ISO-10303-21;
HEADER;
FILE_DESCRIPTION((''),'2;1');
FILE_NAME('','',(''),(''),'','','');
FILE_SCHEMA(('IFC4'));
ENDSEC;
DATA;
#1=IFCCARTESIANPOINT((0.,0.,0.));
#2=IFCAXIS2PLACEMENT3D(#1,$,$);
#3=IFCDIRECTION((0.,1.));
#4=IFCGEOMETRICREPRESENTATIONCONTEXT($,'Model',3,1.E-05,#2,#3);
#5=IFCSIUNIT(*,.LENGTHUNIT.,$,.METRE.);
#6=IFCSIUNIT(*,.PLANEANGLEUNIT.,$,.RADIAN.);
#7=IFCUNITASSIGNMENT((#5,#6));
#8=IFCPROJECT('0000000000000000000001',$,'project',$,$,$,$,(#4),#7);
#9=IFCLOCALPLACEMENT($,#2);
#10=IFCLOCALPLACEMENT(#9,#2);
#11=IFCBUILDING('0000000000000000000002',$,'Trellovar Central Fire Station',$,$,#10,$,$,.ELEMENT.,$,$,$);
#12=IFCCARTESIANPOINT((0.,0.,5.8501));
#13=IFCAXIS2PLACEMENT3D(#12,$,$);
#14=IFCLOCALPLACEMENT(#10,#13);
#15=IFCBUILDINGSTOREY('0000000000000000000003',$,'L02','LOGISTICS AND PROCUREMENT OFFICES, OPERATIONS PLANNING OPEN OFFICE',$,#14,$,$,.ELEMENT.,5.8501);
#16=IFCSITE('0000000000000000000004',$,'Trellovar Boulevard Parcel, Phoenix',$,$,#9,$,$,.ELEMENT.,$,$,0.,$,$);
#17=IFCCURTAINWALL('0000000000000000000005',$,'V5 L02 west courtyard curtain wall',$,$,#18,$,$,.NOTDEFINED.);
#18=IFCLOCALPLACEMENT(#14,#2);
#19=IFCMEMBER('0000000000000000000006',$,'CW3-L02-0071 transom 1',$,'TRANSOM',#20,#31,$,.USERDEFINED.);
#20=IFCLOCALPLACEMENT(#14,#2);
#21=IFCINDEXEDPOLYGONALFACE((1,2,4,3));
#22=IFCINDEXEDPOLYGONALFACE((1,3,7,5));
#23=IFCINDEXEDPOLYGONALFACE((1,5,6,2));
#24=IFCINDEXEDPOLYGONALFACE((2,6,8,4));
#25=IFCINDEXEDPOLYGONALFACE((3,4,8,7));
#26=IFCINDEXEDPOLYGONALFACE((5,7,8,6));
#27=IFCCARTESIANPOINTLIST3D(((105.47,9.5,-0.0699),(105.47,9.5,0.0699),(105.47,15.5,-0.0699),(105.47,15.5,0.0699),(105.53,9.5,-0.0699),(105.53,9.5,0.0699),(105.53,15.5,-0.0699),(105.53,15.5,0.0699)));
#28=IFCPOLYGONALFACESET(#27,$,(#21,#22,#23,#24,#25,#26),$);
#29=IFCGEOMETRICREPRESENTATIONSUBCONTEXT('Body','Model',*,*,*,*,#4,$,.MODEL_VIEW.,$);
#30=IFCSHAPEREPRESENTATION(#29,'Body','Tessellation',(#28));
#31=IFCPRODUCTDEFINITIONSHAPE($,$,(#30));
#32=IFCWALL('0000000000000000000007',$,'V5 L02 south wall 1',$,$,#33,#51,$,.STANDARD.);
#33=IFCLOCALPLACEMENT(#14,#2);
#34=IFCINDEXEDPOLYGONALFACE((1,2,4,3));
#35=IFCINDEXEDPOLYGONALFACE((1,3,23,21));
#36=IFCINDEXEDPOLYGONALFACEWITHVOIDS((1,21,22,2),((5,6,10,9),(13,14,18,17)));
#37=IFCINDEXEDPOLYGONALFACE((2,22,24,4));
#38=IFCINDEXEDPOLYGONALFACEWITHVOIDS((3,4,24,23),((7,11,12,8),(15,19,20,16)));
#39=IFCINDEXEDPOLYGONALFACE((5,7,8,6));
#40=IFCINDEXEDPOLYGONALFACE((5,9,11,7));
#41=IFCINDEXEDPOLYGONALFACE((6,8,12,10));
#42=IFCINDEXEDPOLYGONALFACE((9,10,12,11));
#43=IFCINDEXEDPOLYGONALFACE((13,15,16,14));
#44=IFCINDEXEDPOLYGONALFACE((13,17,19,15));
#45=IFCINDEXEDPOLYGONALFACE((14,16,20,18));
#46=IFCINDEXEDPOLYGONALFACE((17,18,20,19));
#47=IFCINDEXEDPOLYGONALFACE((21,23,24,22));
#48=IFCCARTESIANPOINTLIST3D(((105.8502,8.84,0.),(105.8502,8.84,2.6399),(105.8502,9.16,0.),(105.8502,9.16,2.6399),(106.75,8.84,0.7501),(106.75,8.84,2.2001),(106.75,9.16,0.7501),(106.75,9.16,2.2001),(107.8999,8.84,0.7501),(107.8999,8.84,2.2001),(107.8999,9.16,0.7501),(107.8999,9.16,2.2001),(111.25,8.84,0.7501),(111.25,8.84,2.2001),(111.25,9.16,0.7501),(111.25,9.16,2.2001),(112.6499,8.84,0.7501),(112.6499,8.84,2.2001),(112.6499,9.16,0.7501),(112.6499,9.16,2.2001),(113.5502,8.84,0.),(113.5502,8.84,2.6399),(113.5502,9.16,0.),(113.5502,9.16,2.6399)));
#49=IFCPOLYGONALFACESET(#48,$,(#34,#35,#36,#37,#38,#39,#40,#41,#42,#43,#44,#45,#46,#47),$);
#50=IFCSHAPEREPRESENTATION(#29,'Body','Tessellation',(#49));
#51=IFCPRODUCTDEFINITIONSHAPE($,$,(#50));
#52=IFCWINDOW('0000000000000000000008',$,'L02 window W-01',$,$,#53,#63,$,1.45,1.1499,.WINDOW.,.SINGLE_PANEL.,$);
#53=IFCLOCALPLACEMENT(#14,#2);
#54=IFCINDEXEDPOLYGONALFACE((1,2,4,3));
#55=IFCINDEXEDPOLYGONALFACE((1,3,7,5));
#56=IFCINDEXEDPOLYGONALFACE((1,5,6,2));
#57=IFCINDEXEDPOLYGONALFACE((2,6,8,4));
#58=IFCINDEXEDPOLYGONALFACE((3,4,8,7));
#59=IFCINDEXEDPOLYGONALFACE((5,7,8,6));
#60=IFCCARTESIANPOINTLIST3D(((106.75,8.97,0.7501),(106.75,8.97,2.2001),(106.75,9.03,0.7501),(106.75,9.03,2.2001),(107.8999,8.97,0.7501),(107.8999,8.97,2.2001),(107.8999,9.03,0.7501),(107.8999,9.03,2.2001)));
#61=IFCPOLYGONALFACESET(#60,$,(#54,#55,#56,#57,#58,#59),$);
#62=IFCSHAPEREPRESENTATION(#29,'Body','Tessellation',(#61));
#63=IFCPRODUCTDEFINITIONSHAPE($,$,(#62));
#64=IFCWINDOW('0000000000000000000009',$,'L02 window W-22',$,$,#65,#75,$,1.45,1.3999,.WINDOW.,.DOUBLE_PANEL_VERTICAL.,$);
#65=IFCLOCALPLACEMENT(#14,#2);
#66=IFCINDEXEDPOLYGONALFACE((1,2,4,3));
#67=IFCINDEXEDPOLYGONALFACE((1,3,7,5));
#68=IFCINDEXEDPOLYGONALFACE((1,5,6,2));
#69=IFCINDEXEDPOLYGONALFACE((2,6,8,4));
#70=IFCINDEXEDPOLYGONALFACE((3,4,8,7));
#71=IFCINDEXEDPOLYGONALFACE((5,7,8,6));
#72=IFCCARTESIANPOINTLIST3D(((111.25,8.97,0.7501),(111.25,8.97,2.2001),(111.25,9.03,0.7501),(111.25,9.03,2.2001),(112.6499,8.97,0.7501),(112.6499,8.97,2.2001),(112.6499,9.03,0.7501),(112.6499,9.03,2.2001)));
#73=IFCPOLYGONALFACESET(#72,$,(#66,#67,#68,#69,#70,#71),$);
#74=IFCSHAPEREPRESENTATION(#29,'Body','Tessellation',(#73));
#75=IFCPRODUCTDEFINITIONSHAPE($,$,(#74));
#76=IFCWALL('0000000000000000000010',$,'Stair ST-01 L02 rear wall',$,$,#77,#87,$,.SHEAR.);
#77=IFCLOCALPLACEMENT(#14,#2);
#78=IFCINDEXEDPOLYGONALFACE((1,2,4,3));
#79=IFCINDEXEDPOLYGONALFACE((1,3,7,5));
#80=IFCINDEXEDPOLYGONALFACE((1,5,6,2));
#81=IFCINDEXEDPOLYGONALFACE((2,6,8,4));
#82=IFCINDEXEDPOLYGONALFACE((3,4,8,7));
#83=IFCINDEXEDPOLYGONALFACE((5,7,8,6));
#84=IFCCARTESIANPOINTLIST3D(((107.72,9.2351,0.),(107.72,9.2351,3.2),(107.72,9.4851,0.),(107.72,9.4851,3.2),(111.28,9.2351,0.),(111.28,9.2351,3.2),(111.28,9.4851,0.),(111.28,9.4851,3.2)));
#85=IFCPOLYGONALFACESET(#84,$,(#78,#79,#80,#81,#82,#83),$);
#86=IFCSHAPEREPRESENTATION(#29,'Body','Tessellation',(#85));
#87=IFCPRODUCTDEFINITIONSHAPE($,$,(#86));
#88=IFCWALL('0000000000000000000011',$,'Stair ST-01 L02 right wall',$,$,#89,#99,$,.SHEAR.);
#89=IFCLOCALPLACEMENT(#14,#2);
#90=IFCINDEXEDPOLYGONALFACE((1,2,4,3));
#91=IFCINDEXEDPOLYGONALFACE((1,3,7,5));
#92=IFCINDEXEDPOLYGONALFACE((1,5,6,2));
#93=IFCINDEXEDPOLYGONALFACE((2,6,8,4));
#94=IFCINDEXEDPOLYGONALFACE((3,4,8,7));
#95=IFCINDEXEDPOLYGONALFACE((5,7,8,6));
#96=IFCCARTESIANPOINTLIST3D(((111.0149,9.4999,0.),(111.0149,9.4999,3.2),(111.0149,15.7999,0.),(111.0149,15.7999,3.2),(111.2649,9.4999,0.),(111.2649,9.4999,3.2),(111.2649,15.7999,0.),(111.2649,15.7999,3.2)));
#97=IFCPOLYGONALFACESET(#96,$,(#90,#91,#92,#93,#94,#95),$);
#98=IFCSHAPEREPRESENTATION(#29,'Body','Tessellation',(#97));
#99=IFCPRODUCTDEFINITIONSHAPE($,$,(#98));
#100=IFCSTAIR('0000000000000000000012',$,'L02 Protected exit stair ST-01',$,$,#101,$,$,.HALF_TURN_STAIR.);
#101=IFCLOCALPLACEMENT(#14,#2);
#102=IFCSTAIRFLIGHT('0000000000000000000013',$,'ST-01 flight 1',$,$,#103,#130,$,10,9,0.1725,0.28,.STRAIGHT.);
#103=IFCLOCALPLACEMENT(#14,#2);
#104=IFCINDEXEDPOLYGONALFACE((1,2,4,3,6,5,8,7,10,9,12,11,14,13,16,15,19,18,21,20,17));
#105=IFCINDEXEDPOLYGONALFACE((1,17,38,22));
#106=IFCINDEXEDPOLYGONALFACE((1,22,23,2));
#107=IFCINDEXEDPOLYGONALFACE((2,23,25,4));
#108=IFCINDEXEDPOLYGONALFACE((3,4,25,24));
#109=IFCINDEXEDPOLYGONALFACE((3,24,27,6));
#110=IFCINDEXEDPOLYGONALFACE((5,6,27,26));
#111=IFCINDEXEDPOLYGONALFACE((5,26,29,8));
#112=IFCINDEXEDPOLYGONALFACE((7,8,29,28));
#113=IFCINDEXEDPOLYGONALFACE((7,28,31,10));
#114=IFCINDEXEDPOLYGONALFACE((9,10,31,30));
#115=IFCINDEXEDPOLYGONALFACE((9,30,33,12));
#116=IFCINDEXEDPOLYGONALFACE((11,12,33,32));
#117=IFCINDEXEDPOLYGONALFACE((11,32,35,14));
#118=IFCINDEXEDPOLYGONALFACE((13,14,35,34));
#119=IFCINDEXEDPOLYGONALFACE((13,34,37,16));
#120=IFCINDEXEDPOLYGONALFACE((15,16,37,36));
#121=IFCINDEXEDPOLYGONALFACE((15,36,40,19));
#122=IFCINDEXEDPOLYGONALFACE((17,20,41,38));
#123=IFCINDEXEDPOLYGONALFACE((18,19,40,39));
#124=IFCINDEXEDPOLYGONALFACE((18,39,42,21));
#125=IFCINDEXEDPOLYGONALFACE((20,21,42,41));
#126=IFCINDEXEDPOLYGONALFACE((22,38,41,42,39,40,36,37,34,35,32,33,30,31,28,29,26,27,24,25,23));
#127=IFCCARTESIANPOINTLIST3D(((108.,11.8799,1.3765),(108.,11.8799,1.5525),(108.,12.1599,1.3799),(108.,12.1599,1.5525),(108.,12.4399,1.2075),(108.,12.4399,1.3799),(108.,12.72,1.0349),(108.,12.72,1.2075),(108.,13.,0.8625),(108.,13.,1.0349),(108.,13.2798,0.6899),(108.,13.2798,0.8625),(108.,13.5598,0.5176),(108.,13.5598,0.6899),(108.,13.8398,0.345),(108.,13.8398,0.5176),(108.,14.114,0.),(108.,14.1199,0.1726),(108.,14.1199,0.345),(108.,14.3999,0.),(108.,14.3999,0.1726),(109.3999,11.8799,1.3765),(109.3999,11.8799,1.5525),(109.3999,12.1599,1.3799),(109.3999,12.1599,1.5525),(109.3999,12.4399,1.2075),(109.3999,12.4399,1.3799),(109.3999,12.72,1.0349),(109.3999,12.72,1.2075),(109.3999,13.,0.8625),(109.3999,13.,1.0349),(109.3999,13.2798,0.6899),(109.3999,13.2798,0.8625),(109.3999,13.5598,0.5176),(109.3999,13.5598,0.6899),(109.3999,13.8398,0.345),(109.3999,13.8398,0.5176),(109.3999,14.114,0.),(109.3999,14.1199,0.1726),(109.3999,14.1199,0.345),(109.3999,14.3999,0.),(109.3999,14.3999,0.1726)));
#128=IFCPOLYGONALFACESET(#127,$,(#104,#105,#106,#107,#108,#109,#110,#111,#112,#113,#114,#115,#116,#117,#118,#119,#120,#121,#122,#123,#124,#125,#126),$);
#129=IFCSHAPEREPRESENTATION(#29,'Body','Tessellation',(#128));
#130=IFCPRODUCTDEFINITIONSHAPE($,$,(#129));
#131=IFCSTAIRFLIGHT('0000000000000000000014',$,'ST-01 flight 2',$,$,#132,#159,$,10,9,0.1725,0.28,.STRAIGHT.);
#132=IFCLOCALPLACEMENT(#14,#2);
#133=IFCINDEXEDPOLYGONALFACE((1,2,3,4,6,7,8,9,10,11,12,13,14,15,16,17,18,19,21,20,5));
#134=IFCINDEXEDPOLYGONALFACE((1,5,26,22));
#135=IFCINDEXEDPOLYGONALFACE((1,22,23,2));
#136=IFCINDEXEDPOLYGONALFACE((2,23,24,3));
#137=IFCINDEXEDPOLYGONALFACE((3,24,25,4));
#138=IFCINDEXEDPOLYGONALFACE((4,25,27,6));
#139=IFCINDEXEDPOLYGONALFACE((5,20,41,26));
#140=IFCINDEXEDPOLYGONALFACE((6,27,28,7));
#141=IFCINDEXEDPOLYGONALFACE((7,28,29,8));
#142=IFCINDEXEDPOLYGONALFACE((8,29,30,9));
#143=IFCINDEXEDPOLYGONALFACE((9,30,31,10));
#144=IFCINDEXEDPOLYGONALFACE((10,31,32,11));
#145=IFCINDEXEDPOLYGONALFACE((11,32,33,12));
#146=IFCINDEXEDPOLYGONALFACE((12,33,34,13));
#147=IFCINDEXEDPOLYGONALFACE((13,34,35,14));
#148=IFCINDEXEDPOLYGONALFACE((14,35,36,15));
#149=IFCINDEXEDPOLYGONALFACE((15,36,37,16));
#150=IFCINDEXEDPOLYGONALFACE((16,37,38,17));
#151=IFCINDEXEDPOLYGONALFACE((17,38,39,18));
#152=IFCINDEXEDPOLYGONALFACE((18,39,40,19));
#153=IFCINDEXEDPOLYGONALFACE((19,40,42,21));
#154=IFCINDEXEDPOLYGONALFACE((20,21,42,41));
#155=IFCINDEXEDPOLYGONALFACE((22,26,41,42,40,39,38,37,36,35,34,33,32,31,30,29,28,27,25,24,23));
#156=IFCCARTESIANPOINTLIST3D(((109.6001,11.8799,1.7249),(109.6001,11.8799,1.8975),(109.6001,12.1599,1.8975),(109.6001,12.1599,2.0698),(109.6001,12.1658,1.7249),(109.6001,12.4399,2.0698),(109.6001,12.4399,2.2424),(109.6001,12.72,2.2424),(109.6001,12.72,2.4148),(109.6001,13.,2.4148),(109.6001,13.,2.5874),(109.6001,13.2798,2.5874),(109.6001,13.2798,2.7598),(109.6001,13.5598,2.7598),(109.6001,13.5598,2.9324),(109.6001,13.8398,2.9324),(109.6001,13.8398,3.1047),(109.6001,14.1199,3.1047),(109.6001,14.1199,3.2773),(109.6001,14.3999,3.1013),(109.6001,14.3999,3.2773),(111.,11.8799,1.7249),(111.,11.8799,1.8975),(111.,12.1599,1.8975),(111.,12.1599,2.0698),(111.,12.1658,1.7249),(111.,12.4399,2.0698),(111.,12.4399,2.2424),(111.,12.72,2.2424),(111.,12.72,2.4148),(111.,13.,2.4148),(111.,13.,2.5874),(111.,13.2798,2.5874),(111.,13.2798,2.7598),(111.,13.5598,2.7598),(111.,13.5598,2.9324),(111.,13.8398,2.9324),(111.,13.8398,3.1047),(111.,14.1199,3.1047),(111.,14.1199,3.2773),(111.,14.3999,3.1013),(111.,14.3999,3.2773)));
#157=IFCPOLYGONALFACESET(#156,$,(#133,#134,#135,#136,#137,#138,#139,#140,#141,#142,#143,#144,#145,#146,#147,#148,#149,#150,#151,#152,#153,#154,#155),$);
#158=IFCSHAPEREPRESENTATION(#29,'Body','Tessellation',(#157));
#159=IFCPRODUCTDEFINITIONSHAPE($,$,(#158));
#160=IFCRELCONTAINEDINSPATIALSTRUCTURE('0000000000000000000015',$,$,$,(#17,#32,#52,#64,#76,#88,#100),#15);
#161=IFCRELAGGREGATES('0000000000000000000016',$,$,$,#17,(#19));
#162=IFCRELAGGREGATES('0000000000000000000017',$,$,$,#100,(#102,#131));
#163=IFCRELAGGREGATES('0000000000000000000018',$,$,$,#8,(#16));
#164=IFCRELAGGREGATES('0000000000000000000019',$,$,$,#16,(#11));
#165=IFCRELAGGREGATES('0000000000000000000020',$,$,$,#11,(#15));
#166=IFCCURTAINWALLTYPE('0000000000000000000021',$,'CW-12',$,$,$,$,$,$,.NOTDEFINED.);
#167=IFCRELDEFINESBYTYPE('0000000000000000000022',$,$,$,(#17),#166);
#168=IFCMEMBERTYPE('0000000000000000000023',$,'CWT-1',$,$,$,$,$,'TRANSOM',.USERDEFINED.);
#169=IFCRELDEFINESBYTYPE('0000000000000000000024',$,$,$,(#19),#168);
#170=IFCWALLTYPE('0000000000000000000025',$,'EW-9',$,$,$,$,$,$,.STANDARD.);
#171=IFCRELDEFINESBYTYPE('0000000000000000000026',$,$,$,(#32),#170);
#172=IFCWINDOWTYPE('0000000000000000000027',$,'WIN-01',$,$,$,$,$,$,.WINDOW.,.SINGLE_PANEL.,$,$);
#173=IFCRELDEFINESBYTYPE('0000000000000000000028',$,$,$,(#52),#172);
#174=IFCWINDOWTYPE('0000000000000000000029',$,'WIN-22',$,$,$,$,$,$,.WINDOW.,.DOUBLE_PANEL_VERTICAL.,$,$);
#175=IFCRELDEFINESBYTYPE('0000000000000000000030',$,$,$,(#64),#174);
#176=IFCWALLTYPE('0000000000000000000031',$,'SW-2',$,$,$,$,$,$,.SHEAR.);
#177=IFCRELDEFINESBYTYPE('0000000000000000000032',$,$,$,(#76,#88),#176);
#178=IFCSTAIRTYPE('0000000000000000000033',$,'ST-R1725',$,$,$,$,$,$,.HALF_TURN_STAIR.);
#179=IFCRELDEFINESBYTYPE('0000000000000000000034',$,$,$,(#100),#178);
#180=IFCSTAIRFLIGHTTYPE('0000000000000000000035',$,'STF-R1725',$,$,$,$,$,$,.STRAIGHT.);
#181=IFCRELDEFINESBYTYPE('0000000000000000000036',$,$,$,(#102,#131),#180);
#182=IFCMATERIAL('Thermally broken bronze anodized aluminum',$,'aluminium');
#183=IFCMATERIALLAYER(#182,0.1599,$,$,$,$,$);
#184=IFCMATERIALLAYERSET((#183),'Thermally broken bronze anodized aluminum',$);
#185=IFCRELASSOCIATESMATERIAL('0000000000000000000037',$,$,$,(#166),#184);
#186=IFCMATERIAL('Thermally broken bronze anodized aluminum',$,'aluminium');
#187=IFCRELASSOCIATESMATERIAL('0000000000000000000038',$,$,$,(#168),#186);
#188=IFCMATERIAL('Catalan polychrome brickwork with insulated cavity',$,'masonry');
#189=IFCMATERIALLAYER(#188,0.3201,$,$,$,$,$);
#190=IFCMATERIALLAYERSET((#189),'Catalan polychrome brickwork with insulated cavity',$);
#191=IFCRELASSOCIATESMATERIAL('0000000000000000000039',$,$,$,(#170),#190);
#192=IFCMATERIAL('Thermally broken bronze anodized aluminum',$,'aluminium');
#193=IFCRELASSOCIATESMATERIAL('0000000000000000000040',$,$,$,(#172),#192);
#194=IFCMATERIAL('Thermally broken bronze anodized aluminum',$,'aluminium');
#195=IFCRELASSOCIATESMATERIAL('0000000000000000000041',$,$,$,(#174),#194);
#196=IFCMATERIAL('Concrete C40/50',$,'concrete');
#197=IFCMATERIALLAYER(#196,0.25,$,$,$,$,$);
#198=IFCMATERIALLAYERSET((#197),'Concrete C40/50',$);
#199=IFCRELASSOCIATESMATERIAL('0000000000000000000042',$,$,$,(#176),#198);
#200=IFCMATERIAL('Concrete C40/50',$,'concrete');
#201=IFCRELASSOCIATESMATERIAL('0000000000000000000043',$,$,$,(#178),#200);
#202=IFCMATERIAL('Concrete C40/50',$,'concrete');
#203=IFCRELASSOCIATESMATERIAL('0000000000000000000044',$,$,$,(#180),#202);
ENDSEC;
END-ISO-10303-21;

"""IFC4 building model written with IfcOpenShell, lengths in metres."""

from ifc_helpers import new_model, si_unit, direction, frame, frame_2d, origin, origin_2d, place, context, subcontext, project, spatial, polyline, rectangle, outline, extrude, material, layer, layer_set, material_profile, profile_set, type_object, element, fill, aggregate, save


model = new_model("IFC4")

# Units and contexts
model_context = context("Model", 3, precision=1e-05, world=origin(), true_north=direction((0.0, 1.0)))
body_context = subcontext(model_context, "Body", "Model", "MODEL_VIEW")
ifc_project = project(units=[si_unit("LENGTHUNIT", "METRE"), si_unit("PLANEANGLEUNIT", "RADIAN")], contexts=[model_context])

# Site, building, storey
site_placement = place(None, origin())
site = spatial("IfcSite", under=ifc_project, at=site_placement, Name="Trellovar Boulevard Parcel, Phoenix", CompositionType="ELEMENT", RefElevation=0.0)
building_placement = place(site_placement, origin())
building = spatial("IfcBuilding", under=site, at=building_placement, Name="Trellovar Central Fire Station", CompositionType="ELEMENT")
storey_placement = place(building_placement, frame((0.0, 0.0, 5.8501)))
storey = spatial("IfcBuildingStorey", under=building, at=storey_placement, Name="L02", Description="LOGISTICS AND PROCUREMENT OFFICES, OPERATIONS PLANNING OPEN OFFICE", CompositionType="ELEMENT", Elevation=5.8501)

# Curtain wall, member
ifc_material_1 = material(Name="Thermally broken bronze anodized aluminum", Category="aluminium")
ifc_layer_1 = layer(ifc_material_1, 0.1599)
ifc_layer_set_1 = layer_set([ifc_layer_1], Name="Thermally broken bronze anodized aluminum")
curtain_wall_type = type_object("IfcCurtainWallType", Name="CW-12", PredefinedType="NOTDEFINED", material=ifc_layer_set_1)
curtain_wall_placement = place(storey_placement, origin())
curtain_wall = element("IfcCurtainWall", 1, at=curtain_wall_placement, inside=storey, type_object=curtain_wall_type, Name="V5 L02 west courtyard curtain wall", PredefinedType="NOTDEFINED")
ifc_material_2 = material(Name="Thermally broken bronze anodized aluminum", Category="aluminium")
ifc_material_profile_1 = material_profile(ifc_material_2, rectangle(XDim=0.0601, YDim=0.1399, at=origin_2d()), Name="ALU60X140")
ifc_profile_set_1 = profile_set([ifc_material_profile_1], Name="Thermally broken bronze anodized aluminum")
member_type_1 = type_object("IfcMemberType", Name="CWT-1", ElementType="TRANSOM", PredefinedType="USERDEFINED", material=ifc_profile_set_1)
member_1_placement = place(storey_placement, frame((105.5, 15.5, 0.0), z_axis=(0.0, -1.0, 0.0), x_axis=(1.0, 0.0, 0.0)))
member_1 = element("IfcMember", 2, at=member_1_placement, type_object=member_type_1, Name="CW3-L02-0071 transom 1", ObjectType="TRANSOM", PredefinedType="USERDEFINED", context=body_context, shape_type="SweptSolid", body=[
    extrude(rectangle(XDim=0.0601, YDim=0.1399, at=origin_2d()), origin(), (0.0, 0.0, 1.0), 6.0),
])
aggregate(curtain_wall, [member_1])

# Wall, openings, windows
ifc_material_3 = material(Name="Catalan polychrome brickwork with insulated cavity", Category="masonry")
ifc_layer_2 = layer(ifc_material_3, 0.3201)
ifc_layer_set_2 = layer_set([ifc_layer_2], Name="Catalan polychrome brickwork with insulated cavity")
wall_type_1 = type_object("IfcWallType", Name="EW-9", PredefinedType="STANDARD", material=ifc_layer_set_2)
wall_1_placement = place(storey_placement, frame((105.8501, 9.0, 0.0), z_axis=(0.0, 0.0, 1.0), x_axis=(1.0, 0.0, 0.0)))
wall_1 = element("IfcWall", 3, at=wall_1_placement, inside=storey, type_object=wall_type_1, Name="V5 L02 south wall 1", PredefinedType="STANDARD", context=body_context, shape_type="SweptSolid", body=[
    extrude(rectangle(XDim=7.7, YDim=0.3201, at=frame_2d((3.8501, 0.0))), origin(), (0.0, 0.0, 1.0), 2.6399),
])
opening_1_placement = place(wall_1_placement, frame((0.8999, 0.0, 0.75)))
opening_1 = element("IfcOpeningElement", 4, at=opening_1_placement, cuts=wall_1, PredefinedType="OPENING", context=body_context, shape_type="SweptSolid", body=[
    extrude(rectangle(XDim=1.1499, YDim=1.45, at=frame_2d((0.575, 0.7251))), frame((0.0, 0.1699, 0.0), z_axis=(0.0, -1.0, 0.0), x_axis=(1.0, 0.0, 0.0)), (0.0, 0.0, 1.0), 0.3401),
])
opening_2_placement = place(wall_1_placement, frame((5.3999, 0.0, 0.75)))
opening_2 = element("IfcOpeningElement", 5, at=opening_2_placement, cuts=wall_1, PredefinedType="OPENING", context=body_context, shape_type="SweptSolid", body=[
    extrude(rectangle(XDim=1.3999, YDim=1.45, at=frame_2d((0.7, 0.7251))), frame((0.0, 0.1699, 0.0), z_axis=(0.0, -1.0, 0.0), x_axis=(1.0, 0.0, 0.0)), (0.0, 0.0, 1.0), 0.3401),
])
ifc_material_4 = material(Name="Thermally broken bronze anodized aluminum", Category="aluminium")
window_type_1 = type_object("IfcWindowType", Name="WIN-01", PartitioningType="SINGLE_PANEL", PredefinedType="WINDOW", material=ifc_material_4)
window_1_placement = place(opening_1_placement, origin())
window_1 = element("IfcWindow", 6, at=window_1_placement, inside=storey, type_object=window_type_1, Name="L02 window W-01", OverallHeight=1.45, OverallWidth=1.1499, PartitioningType="SINGLE_PANEL", PredefinedType="WINDOW", context=body_context, shape_type="SweptSolid", body=[
    extrude(rectangle(XDim=1.1499, YDim=1.45, at=frame_2d((0.575, 0.7251))), frame((0.0, 0.03, 0.0), z_axis=(0.0, -1.0, 0.0), x_axis=(1.0, 0.0, 0.0)), (0.0, 0.0, 1.0), 0.0601),
])
fill(opening_1, window_1)
ifc_material_5 = material(Name="Thermally broken bronze anodized aluminum", Category="aluminium")
window_type_2 = type_object("IfcWindowType", Name="WIN-22", PartitioningType="DOUBLE_PANEL_VERTICAL", PredefinedType="WINDOW", material=ifc_material_5)
window_2_placement = place(opening_2_placement, origin())
window_2 = element("IfcWindow", 7, at=window_2_placement, inside=storey, type_object=window_type_2, Name="L02 window W-22", OverallHeight=1.45, OverallWidth=1.3999, PartitioningType="DOUBLE_PANEL_VERTICAL", PredefinedType="WINDOW", context=body_context, shape_type="SweptSolid", body=[
    extrude(rectangle(XDim=1.3999, YDim=1.45, at=frame_2d((0.7, 0.7251))), frame((0.0, 0.03, 0.0), z_axis=(0.0, -1.0, 0.0), x_axis=(1.0, 0.0, 0.0)), (0.0, 0.0, 1.0), 0.0601),
])
fill(opening_2, window_2)

# Walls
ifc_material_6 = material(Name="Concrete C40/50", Category="concrete")
ifc_layer_3 = layer(ifc_material_6, 0.25)
ifc_layer_set_3 = layer_set([ifc_layer_3], Name="Concrete C40/50")
wall_type_2 = type_object("IfcWallType", Name="SW-2", PredefinedType="SHEAR", material=ifc_layer_set_3)
wall_2_placement = place(storey_placement, frame((111.28, 9.3601, 0.0), z_axis=(0.0, 0.0, 1.0), x_axis=(-1.0, 0.0, 0.0)))
element("IfcWall", 8, at=wall_2_placement, inside=storey, type_object=wall_type_2, Name="Stair ST-01 L02 rear wall", PredefinedType="SHEAR", context=body_context, shape_type="SweptSolid", body=[
    extrude(rectangle(XDim=3.5601, YDim=0.25, at=frame_2d((1.78, 0.0))), origin(), (0.0, 0.0, 1.0), 3.2),
])
wall_3_placement = place(storey_placement, frame((111.1399, 9.5, 0.0), z_axis=(0.0, 0.0, 1.0), x_axis=(0.0, 1.0, 0.0)))
element("IfcWall", 9, at=wall_3_placement, inside=storey, type_object=wall_type_2, Name="Stair ST-01 L02 right wall", PredefinedType="SHEAR", context=body_context, shape_type="SweptSolid", body=[
    extrude(rectangle(XDim=6.3, YDim=0.25, at=frame_2d((3.1499, 0.0))), origin(), (0.0, 0.0, 1.0), 3.2),
])

# Stair, stair flights
ifc_material_7 = material(Name="Concrete C40/50", Category="concrete")
stair_type = type_object("IfcStairType", Name="ST-R1725", PredefinedType="HALF_TURN_STAIR", material=ifc_material_7)
stair_placement = place(storey_placement, origin())
stair = element("IfcStair", 10, at=stair_placement, inside=storey, type_object=stair_type, Name="L02 Protected exit stair ST-01", PredefinedType="HALF_TURN_STAIR")
ifc_material_8 = material(Name="Concrete C40/50", Category="concrete")
stair_flight_type = type_object("IfcStairFlightType", Name="STF-R1725", PredefinedType="STRAIGHT", material=ifc_material_8)
stair_flight_1_placement = place(storey_placement, frame((108.7, 14.3999, 0.0), z_axis=(0.0, 0.0, 1.0), x_axis=(0.0, -1.0, 0.0)))
stair_flight_1 = element("IfcStairFlight", 11, at=stair_flight_1_placement, type_object=stair_flight_type, Name="ST-01 flight 1", NumberOfRisers=10, NumberOfTreads=9, PredefinedType="STRAIGHT", RiserHeight=0.1725, TreadLength=0.28, context=body_context, shape_type="SweptSolid", body=[
    extrude(outline(polyline([(0.0, 0.0), (0.0, 0.1726), (0.28, 0.1726), (0.28, 0.345), (0.5601, 0.345), (0.5601, 0.5176), (0.8401, 0.5176), (0.8401, 0.6899), (1.1201, 0.6899), (1.1201, 0.8625), (1.3999, 0.8625), (1.3999, 1.0349), (1.6799, 1.0349), (1.6799, 1.2075), (1.96, 1.2075), (1.96, 1.3799), (2.24, 1.3799), (2.24, 1.5525), (2.52, 1.5525), (2.52, 1.7251), (2.52, 1.3765), (0.2859, 0.0), (0.0, 0.0)])), frame((0.0, 0.7, 0.0), z_axis=(0.0, -1.0, 0.0), x_axis=(1.0, 0.0, 0.0)), (0.0, 0.0, 1.0), 1.3999),
])
stair_flight_2_placement = place(storey_placement, frame((110.3, 11.8799, 1.7249), z_axis=(0.0, 0.0, 1.0), x_axis=(0.0, 1.0, 0.0)))
stair_flight_2 = element("IfcStairFlight", 12, at=stair_flight_2_placement, type_object=stair_flight_type, Name="ST-01 flight 2", NumberOfRisers=10, NumberOfTreads=9, PredefinedType="STRAIGHT", RiserHeight=0.1725, TreadLength=0.28, context=body_context, shape_type="SweptSolid", body=[
    extrude(outline(polyline([(0.0, 0.0), (0.0, 0.1726), (0.28, 0.1726), (0.28, 0.345), (0.5601, 0.345), (0.5601, 0.5176), (0.8401, 0.5176), (0.8401, 0.6899), (1.1201, 0.6899), (1.1201, 0.8625), (1.3999, 0.8625), (1.3999, 1.0349), (1.6799, 1.0349), (1.6799, 1.2075), (1.96, 1.2075), (1.96, 1.3799), (2.24, 1.3799), (2.24, 1.5525), (2.52, 1.5525), (2.52, 1.7251), (2.52, 1.3765), (0.2859, 0.0), (0.0, 0.0)])), frame((0.0, 0.7, 0.0), z_axis=(0.0, -1.0, 0.0), x_axis=(1.0, 0.0, 0.0)), (0.0, 0.0, 1.0), 1.3999),
])
aggregate(stair, [stair_flight_1, stair_flight_2])

save(model, "model.ifc")
